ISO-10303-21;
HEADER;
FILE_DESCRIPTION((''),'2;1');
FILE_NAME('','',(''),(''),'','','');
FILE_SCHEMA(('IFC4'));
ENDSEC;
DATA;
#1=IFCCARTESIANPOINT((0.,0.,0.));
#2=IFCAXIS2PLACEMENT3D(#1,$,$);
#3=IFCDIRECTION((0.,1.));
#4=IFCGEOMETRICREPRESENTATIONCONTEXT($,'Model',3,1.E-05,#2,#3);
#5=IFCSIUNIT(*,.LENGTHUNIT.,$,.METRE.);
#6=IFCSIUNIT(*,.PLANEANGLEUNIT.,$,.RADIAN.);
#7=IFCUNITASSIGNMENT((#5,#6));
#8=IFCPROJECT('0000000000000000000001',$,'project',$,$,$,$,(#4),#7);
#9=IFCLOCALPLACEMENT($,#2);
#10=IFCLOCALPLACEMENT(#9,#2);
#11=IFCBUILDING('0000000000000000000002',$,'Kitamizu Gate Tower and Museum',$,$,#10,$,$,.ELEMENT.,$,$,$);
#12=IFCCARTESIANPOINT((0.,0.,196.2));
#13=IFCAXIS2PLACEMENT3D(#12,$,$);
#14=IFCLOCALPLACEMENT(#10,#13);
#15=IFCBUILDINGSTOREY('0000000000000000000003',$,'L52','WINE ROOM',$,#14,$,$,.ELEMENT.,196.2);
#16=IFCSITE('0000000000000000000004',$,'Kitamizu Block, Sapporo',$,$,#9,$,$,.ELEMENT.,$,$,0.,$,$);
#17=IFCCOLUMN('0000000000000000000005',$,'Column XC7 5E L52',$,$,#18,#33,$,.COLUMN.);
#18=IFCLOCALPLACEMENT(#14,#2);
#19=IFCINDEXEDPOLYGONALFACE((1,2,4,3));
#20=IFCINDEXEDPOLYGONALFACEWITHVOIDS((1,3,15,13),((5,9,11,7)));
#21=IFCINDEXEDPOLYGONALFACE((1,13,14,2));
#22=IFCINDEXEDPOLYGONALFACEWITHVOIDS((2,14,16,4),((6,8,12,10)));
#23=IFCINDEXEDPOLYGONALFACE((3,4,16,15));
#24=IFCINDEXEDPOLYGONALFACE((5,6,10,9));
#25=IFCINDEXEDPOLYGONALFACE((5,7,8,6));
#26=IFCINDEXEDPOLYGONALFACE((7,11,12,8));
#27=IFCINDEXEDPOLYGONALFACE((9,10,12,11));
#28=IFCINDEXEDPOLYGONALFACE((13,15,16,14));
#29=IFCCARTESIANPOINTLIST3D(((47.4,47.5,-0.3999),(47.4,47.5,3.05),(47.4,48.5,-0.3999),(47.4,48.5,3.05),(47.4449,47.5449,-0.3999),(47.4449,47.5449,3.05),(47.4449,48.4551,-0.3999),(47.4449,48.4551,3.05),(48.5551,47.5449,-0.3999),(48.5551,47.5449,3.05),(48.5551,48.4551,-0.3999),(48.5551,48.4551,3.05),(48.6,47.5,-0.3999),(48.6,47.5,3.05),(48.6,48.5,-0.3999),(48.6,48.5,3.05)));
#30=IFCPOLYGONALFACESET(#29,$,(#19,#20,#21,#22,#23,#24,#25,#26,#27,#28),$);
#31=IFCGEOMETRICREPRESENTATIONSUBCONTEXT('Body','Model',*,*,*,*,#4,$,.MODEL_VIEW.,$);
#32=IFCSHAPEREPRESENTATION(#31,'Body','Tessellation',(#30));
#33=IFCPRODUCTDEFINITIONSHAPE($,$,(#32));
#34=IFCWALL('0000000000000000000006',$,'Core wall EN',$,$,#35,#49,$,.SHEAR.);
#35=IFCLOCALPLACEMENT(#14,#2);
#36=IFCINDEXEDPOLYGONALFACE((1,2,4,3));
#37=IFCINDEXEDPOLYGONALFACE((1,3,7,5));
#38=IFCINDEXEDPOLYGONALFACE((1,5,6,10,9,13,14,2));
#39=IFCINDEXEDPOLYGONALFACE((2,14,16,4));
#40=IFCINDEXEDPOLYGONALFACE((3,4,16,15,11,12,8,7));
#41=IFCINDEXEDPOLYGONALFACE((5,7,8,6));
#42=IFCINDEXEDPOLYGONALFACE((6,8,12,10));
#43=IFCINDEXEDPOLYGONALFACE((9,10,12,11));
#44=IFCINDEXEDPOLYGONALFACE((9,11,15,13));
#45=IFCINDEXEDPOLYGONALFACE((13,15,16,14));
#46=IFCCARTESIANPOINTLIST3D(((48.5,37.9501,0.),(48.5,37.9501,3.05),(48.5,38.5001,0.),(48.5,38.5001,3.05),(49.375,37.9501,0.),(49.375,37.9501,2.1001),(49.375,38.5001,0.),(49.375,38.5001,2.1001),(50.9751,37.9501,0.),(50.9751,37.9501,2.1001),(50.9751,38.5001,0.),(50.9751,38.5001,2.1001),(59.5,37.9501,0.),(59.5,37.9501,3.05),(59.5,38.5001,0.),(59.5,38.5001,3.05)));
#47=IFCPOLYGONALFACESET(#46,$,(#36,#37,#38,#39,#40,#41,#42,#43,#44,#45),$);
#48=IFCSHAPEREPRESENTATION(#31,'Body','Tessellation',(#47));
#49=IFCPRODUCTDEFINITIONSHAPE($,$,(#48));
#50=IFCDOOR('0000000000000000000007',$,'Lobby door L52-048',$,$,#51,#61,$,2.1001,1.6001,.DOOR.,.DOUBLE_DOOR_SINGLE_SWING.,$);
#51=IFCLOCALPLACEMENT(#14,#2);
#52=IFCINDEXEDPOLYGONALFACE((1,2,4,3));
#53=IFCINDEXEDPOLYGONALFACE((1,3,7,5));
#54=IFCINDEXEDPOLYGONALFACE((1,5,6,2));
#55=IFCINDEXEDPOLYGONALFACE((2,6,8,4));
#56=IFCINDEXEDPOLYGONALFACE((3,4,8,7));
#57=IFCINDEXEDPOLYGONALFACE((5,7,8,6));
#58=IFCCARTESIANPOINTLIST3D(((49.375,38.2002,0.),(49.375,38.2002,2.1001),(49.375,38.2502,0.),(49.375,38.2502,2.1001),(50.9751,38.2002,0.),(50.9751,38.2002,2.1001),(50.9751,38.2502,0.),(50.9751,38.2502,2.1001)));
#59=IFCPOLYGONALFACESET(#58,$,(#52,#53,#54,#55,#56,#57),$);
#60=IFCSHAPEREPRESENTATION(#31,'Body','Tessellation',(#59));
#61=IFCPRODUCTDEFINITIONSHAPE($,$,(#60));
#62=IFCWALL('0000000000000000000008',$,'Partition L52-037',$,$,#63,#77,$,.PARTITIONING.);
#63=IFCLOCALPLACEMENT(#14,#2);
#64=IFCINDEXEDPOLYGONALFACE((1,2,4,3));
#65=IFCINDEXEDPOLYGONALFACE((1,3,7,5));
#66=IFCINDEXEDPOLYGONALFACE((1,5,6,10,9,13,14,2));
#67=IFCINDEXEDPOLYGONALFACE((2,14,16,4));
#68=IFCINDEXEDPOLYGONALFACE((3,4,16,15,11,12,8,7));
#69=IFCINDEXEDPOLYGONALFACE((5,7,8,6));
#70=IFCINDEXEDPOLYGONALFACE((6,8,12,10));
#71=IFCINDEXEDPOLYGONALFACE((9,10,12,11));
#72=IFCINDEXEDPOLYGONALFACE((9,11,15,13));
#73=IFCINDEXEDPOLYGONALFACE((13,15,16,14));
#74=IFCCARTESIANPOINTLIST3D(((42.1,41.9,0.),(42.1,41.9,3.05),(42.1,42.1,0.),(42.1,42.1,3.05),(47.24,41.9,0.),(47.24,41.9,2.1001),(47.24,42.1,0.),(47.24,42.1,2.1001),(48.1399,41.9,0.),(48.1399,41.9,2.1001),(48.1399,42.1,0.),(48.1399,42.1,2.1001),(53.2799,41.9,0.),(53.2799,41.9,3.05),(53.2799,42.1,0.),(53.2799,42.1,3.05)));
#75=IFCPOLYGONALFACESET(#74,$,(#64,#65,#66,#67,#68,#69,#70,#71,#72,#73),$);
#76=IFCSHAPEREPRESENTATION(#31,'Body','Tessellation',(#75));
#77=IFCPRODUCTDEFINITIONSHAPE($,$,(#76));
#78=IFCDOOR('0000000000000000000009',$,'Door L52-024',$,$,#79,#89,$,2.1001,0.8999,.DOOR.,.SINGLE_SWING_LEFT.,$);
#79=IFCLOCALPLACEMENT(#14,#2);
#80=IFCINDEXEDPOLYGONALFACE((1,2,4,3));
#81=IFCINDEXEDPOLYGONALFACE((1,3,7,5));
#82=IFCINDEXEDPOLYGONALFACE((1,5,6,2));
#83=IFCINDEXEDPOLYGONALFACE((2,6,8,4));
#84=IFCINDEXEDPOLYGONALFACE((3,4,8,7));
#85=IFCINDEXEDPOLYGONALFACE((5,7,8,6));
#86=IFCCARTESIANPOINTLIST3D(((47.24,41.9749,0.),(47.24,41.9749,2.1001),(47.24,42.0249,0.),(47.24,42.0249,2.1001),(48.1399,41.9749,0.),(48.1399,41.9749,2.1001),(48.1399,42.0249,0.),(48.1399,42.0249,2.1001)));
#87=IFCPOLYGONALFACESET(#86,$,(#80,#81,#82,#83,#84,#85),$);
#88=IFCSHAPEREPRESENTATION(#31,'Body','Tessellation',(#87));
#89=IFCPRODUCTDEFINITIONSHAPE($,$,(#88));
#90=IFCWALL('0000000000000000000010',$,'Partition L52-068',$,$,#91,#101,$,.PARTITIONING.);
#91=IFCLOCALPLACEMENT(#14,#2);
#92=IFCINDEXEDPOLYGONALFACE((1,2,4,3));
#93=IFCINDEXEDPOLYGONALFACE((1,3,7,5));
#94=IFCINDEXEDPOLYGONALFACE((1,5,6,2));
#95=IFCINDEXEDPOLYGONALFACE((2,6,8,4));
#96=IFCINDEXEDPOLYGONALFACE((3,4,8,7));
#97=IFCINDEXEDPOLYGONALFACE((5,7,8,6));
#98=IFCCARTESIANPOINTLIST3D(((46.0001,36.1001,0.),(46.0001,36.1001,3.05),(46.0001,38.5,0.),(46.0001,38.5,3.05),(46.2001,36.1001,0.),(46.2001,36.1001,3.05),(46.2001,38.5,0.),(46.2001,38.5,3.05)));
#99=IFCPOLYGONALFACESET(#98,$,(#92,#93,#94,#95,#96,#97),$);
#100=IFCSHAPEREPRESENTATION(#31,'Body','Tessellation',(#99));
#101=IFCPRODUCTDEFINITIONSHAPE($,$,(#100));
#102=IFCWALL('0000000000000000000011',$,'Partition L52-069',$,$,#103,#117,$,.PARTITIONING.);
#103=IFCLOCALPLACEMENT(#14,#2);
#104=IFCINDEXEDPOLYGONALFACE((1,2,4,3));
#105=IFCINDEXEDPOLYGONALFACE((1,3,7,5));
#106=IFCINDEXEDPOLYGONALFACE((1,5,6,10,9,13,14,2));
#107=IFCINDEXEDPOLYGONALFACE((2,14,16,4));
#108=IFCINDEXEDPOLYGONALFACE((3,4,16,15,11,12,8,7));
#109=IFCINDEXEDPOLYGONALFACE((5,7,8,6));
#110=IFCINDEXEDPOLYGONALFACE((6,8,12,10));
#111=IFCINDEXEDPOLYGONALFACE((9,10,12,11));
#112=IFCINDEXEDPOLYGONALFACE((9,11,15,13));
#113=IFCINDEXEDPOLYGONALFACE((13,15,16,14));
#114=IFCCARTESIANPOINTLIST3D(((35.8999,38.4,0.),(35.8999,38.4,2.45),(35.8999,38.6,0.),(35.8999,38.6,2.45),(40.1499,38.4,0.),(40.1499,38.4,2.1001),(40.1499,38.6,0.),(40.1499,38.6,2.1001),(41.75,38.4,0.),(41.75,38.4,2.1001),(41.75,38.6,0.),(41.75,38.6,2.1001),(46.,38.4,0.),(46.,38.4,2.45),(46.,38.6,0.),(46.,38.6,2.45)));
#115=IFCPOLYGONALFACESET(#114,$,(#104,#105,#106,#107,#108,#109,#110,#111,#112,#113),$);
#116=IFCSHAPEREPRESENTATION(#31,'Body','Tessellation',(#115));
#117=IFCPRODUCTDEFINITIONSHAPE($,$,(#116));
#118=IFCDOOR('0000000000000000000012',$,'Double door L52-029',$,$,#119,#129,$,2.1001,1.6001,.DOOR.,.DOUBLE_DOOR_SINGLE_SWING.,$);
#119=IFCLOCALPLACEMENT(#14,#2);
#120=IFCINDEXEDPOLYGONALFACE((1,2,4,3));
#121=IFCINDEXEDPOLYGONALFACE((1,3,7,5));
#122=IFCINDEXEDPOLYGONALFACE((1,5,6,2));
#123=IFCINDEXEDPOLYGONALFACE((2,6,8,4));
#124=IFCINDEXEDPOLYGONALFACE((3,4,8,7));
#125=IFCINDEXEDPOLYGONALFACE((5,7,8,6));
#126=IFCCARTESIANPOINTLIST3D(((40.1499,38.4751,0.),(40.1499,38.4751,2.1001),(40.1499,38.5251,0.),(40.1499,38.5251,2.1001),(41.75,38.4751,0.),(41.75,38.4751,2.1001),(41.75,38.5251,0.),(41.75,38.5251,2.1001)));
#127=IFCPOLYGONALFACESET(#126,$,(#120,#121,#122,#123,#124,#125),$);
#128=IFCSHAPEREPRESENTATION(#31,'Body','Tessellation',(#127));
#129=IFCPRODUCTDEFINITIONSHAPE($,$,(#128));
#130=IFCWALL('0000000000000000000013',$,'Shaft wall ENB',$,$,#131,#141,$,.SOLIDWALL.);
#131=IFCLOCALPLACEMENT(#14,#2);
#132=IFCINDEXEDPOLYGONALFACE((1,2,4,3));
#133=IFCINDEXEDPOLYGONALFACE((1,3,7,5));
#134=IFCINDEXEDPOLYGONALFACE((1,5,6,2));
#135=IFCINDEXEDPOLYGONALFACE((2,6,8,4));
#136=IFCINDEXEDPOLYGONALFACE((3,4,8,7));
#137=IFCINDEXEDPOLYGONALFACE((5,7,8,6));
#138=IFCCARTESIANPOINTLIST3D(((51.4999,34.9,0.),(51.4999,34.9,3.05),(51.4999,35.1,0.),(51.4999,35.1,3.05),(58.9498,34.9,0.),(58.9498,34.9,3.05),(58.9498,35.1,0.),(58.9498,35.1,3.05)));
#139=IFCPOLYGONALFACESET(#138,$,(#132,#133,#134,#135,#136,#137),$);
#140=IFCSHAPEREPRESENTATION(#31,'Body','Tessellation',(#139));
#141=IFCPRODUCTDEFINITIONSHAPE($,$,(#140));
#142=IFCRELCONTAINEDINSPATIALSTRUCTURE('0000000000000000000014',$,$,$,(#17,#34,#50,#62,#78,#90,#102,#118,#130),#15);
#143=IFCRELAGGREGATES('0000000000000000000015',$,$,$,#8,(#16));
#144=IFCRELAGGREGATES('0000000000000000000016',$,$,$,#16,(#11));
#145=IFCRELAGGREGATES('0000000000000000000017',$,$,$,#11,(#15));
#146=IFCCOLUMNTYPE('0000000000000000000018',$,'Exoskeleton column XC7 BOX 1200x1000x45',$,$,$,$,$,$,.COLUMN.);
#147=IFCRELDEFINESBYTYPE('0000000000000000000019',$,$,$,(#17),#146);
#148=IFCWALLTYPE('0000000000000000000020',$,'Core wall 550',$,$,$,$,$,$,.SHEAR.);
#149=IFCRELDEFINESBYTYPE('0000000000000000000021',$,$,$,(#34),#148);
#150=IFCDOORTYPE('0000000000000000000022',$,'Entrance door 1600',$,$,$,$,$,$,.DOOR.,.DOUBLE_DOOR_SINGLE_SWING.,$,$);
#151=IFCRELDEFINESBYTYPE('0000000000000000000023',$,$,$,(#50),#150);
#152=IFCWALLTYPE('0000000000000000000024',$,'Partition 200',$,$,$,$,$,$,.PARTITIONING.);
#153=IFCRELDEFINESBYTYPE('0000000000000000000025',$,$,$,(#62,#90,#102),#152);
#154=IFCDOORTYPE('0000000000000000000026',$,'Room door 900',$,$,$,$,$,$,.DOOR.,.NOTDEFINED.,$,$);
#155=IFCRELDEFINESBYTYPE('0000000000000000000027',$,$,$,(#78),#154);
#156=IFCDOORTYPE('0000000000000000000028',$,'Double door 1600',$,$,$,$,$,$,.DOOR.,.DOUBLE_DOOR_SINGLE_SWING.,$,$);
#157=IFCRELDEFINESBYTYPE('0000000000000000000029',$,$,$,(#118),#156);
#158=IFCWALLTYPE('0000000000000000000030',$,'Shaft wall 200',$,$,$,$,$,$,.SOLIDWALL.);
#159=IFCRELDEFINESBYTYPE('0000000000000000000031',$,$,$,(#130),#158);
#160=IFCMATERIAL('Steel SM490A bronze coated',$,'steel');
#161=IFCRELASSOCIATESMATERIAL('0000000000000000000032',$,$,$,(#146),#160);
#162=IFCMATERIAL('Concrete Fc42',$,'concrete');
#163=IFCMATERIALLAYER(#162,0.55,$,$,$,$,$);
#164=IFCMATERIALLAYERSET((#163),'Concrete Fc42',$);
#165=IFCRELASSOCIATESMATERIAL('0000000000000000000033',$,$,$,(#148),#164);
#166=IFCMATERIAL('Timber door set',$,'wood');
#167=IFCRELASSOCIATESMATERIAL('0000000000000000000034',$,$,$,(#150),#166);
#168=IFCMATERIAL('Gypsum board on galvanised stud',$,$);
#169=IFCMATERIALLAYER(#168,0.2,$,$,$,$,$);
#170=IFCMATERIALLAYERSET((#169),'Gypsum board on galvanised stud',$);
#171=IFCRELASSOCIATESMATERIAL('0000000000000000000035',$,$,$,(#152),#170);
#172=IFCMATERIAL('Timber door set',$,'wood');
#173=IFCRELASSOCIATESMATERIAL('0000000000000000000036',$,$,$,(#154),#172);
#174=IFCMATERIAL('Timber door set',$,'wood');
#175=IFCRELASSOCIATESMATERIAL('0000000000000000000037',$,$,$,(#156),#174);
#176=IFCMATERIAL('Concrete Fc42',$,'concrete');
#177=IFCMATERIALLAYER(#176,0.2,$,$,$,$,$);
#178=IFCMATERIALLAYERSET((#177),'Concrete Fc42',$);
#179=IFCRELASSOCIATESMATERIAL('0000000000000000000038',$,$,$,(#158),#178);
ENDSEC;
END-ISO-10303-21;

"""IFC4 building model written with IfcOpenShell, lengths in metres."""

from ifc_helpers import new_model, si_unit, direction, frame, frame_2d, origin, origin_2d, place, context, subcontext, project, spatial, rectangle, hollow_rectangle, extrude, material, layer, layer_set, material_profile, profile_set, type_object, element, fill, save


model = new_model("IFC4")

# Units and contexts
model_context = context("Model", 3, precision=1e-05, world=origin(), true_north=direction((0.0, 1.0)))
body_context = subcontext(model_context, "Body", "Model", "MODEL_VIEW")
ifc_project = project(units=[si_unit("LENGTHUNIT", "METRE"), si_unit("PLANEANGLEUNIT", "RADIAN")], contexts=[model_context])

# Site, building, storey
site_placement = place(None, origin())
site = spatial("IfcSite", under=ifc_project, at=site_placement, Name="Kitamizu Block, Sapporo", CompositionType="ELEMENT", RefElevation=0.0)
building_placement = place(site_placement, origin())
building = spatial("IfcBuilding", under=site, at=building_placement, Name="Kitamizu Gate Tower and Museum", CompositionType="ELEMENT")
storey_placement = place(building_placement, frame((0.0, 0.0, 196.2)))
storey = spatial("IfcBuildingStorey", under=building, at=storey_placement, Name="L52", Description="WINE ROOM", CompositionType="ELEMENT", Elevation=196.2)

# Column
ifc_material_1 = material(Name="Steel SM490A bronze coated", Category="steel")
ifc_material_profile = material_profile(ifc_material_1, hollow_rectangle(XDim=1.2, YDim=1.0, WallThickness=0.0449, at=origin_2d()), Name="BOX 1200x1000x45")
ifc_profile_set = profile_set([ifc_material_profile], Name="Steel SM490A bronze coated")
column_type = type_object("IfcColumnType", Name="Exoskeleton column XC7 BOX 1200x1000x45", PredefinedType="COLUMN", material=ifc_profile_set)
column_placement = place(storey_placement, frame((48.0, 48.0, -0.3999), z_axis=(0.0, 0.0, 1.0), x_axis=(1.0, 0.0, 0.0)))
element("IfcColumn", 1, at=column_placement, inside=storey, type_object=column_type, Name="Column XC7 5E L52", PredefinedType="COLUMN", context=body_context, shape_type="SweptSolid", body=[
    extrude(hollow_rectangle(XDim=1.2, YDim=1.0, WallThickness=0.0449, at=origin_2d()), origin(), (0.0, 0.0, 1.0), 3.45),
])

# Walls, openings, doors
ifc_material_2 = material(Name="Concrete Fc42", Category="concrete")
ifc_layer_1 = layer(ifc_material_2, 0.55)
ifc_layer_set_1 = layer_set([ifc_layer_1], Name="Concrete Fc42")
wall_type_1 = type_object("IfcWallType", Name="Core wall 550", PredefinedType="SHEAR", material=ifc_layer_set_1)
wall_1_placement = place(storey_placement, frame((59.5, 38.2251, 0.0), z_axis=(0.0, 0.0, 1.0), x_axis=(-1.0, 0.0, 0.0)))
wall_1 = element("IfcWall", 2, at=wall_1_placement, inside=storey, type_object=wall_type_1, Name="Core wall EN", PredefinedType="SHEAR", context=body_context, shape_type="SweptSolid", body=[
    extrude(rectangle(XDim=11.0, YDim=0.55, at=frame_2d((5.5, 0.0))), origin(), (0.0, 0.0, 1.0), 3.05),
])
opening_1_placement = place(wall_1_placement, frame((8.5249, 0.0, 0.0)))
opening_1 = element("IfcOpeningElement", 3, at=opening_1_placement, cuts=wall_1, PredefinedType="OPENING", context=body_context, shape_type="SweptSolid", body=[
    extrude(rectangle(XDim=1.6001, YDim=2.1001, at=frame_2d((0.8, 1.05))), frame((0.0, 0.2852, 0.0), z_axis=(0.0, -1.0, 0.0), x_axis=(1.0, 0.0, 0.0)), (0.0, 0.0, 1.0), 0.5701),
])
ifc_material_3 = material(Name="Timber door set", Category="wood")
door_type_1 = type_object("IfcDoorType", Name="Entrance door 1600", OperationType="DOUBLE_DOOR_SINGLE_SWING", PredefinedType="DOOR", material=ifc_material_3)
door_1_placement = place(opening_1_placement, origin())
door_1 = element("IfcDoor", 4, at=door_1_placement, inside=storey, type_object=door_type_1, Name="Lobby door L52-048", OperationType="DOUBLE_DOOR_SINGLE_SWING", OverallHeight=2.1001, OverallWidth=1.6001, PredefinedType="DOOR", context=body_context, shape_type="SweptSolid", body=[
    extrude(rectangle(XDim=1.6001, YDim=2.1001, at=frame_2d((0.8, 1.05))), frame((0.0, 0.0249, 0.0), z_axis=(0.0, -1.0, 0.0), x_axis=(1.0, 0.0, 0.0)), (0.0, 0.0, 1.0), 0.05),
])
fill(opening_1, door_1)
ifc_material_4 = material(Name="Gypsum board on galvanised stud")
ifc_layer_2 = layer(ifc_material_4, 0.2)
ifc_layer_set_2 = layer_set([ifc_layer_2], Name="Gypsum board on galvanised stud")
wall_type_2 = type_object("IfcWallType", Name="Partition 200", PredefinedType="PARTITIONING", material=ifc_layer_set_2)
wall_2_placement = place(storey_placement, frame((42.1001, 42.0, 0.0), z_axis=(0.0, 0.0, 1.0), x_axis=(1.0, 0.0, 0.0)))
wall_2 = element("IfcWall", 5, at=wall_2_placement, inside=storey, type_object=wall_type_2, Name="Partition L52-037", PredefinedType="PARTITIONING", context=body_context, shape_type="SweptSolid", body=[
    extrude(rectangle(XDim=11.1799, YDim=0.2, at=frame_2d((5.5898, 0.0))), origin(), (0.0, 0.0, 1.0), 3.05),
])
opening_2_placement = place(wall_2_placement, frame((5.1399, 0.0, 0.0)))
opening_2 = element("IfcOpeningElement", 6, at=opening_2_placement, cuts=wall_2, PredefinedType="OPENING", context=body_context, shape_type="SweptSolid", body=[
    extrude(rectangle(XDim=0.8999, YDim=2.1001, at=frame_2d((0.45, 1.05))), frame((0.0, 0.1099, 0.0), z_axis=(0.0, -1.0, 0.0), x_axis=(1.0, 0.0, 0.0)), (0.0, 0.0, 1.0), 0.22),
])
ifc_material_5 = material(Name="Timber door set", Category="wood")
door_type_2 = type_object("IfcDoorType", Name="Room door 900", OperationType="NOTDEFINED", PredefinedType="DOOR", material=ifc_material_5)
door_2_placement = place(opening_2_placement, origin())
door_2 = element("IfcDoor", 7, at=door_2_placement, inside=storey, type_object=door_type_2, Name="Door L52-024", OperationType="SINGLE_SWING_LEFT", OverallHeight=2.1001, OverallWidth=0.8999, PredefinedType="DOOR", context=body_context, shape_type="SweptSolid", body=[
    extrude(rectangle(XDim=0.8999, YDim=2.1001, at=frame_2d((0.45, 1.05))), frame((0.0, 0.0249, 0.0), z_axis=(0.0, -1.0, 0.0), x_axis=(1.0, 0.0, 0.0)), (0.0, 0.0, 1.0), 0.05),
])
fill(opening_2, door_2)

# Wall
wall_3_placement = place(storey_placement, frame((46.1001, 36.1001, 0.0), z_axis=(0.0, 0.0, 1.0), x_axis=(0.0, 1.0, 0.0)))
element("IfcWall", 8, at=wall_3_placement, inside=storey, type_object=wall_type_2, Name="Partition L52-068", PredefinedType="PARTITIONING", context=body_context, shape_type="SweptSolid", body=[
    extrude(rectangle(XDim=2.3999, YDim=0.2, at=frame_2d((1.2, 0.0))), origin(), (0.0, 0.0, 1.0), 3.05),
])

# Wall, opening, door
wall_4_placement = place(storey_placement, frame((46.0, 38.5, 0.0), z_axis=(0.0, 0.0, 1.0), x_axis=(-1.0, 0.0, 0.0)))
wall_4 = element("IfcWall", 9, at=wall_4_placement, inside=storey, type_object=wall_type_2, Name="Partition L52-069", PredefinedType="PARTITIONING", context=body_context, shape_type="SweptSolid", body=[
    extrude(rectangle(XDim=10.1001, YDim=0.2, at=frame_2d((5.05, 0.0))), origin(), (0.0, 0.0, 1.0), 2.45),
])
opening_3_placement = place(wall_4_placement, frame((4.25, 0.0, 0.0)))
opening_3 = element("IfcOpeningElement", 10, at=opening_3_placement, cuts=wall_4, PredefinedType="OPENING", context=body_context, shape_type="SweptSolid", body=[
    extrude(rectangle(XDim=1.6001, YDim=2.1001, at=frame_2d((0.8, 1.05))), frame((0.0, 0.1099, 0.0), z_axis=(0.0, -1.0, 0.0), x_axis=(1.0, 0.0, 0.0)), (0.0, 0.0, 1.0), 0.22),
])
ifc_material_6 = material(Name="Timber door set", Category="wood")
door_type_3 = type_object("IfcDoorType", Name="Double door 1600", OperationType="DOUBLE_DOOR_SINGLE_SWING", PredefinedType="DOOR", material=ifc_material_6)
door_3_placement = place(opening_3_placement, origin())
door_3 = element("IfcDoor", 11, at=door_3_placement, inside=storey, type_object=door_type_3, Name="Double door L52-029", OperationType="DOUBLE_DOOR_SINGLE_SWING", OverallHeight=2.1001, OverallWidth=1.6001, PredefinedType="DOOR", context=body_context, shape_type="SweptSolid", body=[
    extrude(rectangle(XDim=1.6001, YDim=2.1001, at=frame_2d((0.8, 1.05))), frame((0.0, 0.0249, 0.0), z_axis=(0.0, -1.0, 0.0), x_axis=(1.0, 0.0, 0.0)), (0.0, 0.0, 1.0), 0.05),
])
fill(opening_3, door_3)

# Wall
ifc_material_7 = material(Name="Concrete Fc42", Category="concrete")
ifc_layer_3 = layer(ifc_material_7, 0.2)
ifc_layer_set_3 = layer_set([ifc_layer_3], Name="Concrete Fc42")
wall_type_3 = type_object("IfcWallType", Name="Shaft wall 200", PredefinedType="SOLIDWALL", material=ifc_layer_set_3)
wall_5_placement = place(storey_placement, frame((58.95, 35.0, 0.0), z_axis=(0.0, 0.0, 1.0), x_axis=(-1.0, 0.0, 0.0)))
element("IfcWall", 12, at=wall_5_placement, inside=storey, type_object=wall_type_3, Name="Shaft wall ENB", PredefinedType="SOLIDWALL", context=body_context, shape_type="SweptSolid", body=[
    extrude(rectangle(XDim=7.45, YDim=0.2, at=frame_2d((3.7251, 0.0))), origin(), (0.0, 0.0, 1.0), 3.05),
])

save(model, "model.ifc")
